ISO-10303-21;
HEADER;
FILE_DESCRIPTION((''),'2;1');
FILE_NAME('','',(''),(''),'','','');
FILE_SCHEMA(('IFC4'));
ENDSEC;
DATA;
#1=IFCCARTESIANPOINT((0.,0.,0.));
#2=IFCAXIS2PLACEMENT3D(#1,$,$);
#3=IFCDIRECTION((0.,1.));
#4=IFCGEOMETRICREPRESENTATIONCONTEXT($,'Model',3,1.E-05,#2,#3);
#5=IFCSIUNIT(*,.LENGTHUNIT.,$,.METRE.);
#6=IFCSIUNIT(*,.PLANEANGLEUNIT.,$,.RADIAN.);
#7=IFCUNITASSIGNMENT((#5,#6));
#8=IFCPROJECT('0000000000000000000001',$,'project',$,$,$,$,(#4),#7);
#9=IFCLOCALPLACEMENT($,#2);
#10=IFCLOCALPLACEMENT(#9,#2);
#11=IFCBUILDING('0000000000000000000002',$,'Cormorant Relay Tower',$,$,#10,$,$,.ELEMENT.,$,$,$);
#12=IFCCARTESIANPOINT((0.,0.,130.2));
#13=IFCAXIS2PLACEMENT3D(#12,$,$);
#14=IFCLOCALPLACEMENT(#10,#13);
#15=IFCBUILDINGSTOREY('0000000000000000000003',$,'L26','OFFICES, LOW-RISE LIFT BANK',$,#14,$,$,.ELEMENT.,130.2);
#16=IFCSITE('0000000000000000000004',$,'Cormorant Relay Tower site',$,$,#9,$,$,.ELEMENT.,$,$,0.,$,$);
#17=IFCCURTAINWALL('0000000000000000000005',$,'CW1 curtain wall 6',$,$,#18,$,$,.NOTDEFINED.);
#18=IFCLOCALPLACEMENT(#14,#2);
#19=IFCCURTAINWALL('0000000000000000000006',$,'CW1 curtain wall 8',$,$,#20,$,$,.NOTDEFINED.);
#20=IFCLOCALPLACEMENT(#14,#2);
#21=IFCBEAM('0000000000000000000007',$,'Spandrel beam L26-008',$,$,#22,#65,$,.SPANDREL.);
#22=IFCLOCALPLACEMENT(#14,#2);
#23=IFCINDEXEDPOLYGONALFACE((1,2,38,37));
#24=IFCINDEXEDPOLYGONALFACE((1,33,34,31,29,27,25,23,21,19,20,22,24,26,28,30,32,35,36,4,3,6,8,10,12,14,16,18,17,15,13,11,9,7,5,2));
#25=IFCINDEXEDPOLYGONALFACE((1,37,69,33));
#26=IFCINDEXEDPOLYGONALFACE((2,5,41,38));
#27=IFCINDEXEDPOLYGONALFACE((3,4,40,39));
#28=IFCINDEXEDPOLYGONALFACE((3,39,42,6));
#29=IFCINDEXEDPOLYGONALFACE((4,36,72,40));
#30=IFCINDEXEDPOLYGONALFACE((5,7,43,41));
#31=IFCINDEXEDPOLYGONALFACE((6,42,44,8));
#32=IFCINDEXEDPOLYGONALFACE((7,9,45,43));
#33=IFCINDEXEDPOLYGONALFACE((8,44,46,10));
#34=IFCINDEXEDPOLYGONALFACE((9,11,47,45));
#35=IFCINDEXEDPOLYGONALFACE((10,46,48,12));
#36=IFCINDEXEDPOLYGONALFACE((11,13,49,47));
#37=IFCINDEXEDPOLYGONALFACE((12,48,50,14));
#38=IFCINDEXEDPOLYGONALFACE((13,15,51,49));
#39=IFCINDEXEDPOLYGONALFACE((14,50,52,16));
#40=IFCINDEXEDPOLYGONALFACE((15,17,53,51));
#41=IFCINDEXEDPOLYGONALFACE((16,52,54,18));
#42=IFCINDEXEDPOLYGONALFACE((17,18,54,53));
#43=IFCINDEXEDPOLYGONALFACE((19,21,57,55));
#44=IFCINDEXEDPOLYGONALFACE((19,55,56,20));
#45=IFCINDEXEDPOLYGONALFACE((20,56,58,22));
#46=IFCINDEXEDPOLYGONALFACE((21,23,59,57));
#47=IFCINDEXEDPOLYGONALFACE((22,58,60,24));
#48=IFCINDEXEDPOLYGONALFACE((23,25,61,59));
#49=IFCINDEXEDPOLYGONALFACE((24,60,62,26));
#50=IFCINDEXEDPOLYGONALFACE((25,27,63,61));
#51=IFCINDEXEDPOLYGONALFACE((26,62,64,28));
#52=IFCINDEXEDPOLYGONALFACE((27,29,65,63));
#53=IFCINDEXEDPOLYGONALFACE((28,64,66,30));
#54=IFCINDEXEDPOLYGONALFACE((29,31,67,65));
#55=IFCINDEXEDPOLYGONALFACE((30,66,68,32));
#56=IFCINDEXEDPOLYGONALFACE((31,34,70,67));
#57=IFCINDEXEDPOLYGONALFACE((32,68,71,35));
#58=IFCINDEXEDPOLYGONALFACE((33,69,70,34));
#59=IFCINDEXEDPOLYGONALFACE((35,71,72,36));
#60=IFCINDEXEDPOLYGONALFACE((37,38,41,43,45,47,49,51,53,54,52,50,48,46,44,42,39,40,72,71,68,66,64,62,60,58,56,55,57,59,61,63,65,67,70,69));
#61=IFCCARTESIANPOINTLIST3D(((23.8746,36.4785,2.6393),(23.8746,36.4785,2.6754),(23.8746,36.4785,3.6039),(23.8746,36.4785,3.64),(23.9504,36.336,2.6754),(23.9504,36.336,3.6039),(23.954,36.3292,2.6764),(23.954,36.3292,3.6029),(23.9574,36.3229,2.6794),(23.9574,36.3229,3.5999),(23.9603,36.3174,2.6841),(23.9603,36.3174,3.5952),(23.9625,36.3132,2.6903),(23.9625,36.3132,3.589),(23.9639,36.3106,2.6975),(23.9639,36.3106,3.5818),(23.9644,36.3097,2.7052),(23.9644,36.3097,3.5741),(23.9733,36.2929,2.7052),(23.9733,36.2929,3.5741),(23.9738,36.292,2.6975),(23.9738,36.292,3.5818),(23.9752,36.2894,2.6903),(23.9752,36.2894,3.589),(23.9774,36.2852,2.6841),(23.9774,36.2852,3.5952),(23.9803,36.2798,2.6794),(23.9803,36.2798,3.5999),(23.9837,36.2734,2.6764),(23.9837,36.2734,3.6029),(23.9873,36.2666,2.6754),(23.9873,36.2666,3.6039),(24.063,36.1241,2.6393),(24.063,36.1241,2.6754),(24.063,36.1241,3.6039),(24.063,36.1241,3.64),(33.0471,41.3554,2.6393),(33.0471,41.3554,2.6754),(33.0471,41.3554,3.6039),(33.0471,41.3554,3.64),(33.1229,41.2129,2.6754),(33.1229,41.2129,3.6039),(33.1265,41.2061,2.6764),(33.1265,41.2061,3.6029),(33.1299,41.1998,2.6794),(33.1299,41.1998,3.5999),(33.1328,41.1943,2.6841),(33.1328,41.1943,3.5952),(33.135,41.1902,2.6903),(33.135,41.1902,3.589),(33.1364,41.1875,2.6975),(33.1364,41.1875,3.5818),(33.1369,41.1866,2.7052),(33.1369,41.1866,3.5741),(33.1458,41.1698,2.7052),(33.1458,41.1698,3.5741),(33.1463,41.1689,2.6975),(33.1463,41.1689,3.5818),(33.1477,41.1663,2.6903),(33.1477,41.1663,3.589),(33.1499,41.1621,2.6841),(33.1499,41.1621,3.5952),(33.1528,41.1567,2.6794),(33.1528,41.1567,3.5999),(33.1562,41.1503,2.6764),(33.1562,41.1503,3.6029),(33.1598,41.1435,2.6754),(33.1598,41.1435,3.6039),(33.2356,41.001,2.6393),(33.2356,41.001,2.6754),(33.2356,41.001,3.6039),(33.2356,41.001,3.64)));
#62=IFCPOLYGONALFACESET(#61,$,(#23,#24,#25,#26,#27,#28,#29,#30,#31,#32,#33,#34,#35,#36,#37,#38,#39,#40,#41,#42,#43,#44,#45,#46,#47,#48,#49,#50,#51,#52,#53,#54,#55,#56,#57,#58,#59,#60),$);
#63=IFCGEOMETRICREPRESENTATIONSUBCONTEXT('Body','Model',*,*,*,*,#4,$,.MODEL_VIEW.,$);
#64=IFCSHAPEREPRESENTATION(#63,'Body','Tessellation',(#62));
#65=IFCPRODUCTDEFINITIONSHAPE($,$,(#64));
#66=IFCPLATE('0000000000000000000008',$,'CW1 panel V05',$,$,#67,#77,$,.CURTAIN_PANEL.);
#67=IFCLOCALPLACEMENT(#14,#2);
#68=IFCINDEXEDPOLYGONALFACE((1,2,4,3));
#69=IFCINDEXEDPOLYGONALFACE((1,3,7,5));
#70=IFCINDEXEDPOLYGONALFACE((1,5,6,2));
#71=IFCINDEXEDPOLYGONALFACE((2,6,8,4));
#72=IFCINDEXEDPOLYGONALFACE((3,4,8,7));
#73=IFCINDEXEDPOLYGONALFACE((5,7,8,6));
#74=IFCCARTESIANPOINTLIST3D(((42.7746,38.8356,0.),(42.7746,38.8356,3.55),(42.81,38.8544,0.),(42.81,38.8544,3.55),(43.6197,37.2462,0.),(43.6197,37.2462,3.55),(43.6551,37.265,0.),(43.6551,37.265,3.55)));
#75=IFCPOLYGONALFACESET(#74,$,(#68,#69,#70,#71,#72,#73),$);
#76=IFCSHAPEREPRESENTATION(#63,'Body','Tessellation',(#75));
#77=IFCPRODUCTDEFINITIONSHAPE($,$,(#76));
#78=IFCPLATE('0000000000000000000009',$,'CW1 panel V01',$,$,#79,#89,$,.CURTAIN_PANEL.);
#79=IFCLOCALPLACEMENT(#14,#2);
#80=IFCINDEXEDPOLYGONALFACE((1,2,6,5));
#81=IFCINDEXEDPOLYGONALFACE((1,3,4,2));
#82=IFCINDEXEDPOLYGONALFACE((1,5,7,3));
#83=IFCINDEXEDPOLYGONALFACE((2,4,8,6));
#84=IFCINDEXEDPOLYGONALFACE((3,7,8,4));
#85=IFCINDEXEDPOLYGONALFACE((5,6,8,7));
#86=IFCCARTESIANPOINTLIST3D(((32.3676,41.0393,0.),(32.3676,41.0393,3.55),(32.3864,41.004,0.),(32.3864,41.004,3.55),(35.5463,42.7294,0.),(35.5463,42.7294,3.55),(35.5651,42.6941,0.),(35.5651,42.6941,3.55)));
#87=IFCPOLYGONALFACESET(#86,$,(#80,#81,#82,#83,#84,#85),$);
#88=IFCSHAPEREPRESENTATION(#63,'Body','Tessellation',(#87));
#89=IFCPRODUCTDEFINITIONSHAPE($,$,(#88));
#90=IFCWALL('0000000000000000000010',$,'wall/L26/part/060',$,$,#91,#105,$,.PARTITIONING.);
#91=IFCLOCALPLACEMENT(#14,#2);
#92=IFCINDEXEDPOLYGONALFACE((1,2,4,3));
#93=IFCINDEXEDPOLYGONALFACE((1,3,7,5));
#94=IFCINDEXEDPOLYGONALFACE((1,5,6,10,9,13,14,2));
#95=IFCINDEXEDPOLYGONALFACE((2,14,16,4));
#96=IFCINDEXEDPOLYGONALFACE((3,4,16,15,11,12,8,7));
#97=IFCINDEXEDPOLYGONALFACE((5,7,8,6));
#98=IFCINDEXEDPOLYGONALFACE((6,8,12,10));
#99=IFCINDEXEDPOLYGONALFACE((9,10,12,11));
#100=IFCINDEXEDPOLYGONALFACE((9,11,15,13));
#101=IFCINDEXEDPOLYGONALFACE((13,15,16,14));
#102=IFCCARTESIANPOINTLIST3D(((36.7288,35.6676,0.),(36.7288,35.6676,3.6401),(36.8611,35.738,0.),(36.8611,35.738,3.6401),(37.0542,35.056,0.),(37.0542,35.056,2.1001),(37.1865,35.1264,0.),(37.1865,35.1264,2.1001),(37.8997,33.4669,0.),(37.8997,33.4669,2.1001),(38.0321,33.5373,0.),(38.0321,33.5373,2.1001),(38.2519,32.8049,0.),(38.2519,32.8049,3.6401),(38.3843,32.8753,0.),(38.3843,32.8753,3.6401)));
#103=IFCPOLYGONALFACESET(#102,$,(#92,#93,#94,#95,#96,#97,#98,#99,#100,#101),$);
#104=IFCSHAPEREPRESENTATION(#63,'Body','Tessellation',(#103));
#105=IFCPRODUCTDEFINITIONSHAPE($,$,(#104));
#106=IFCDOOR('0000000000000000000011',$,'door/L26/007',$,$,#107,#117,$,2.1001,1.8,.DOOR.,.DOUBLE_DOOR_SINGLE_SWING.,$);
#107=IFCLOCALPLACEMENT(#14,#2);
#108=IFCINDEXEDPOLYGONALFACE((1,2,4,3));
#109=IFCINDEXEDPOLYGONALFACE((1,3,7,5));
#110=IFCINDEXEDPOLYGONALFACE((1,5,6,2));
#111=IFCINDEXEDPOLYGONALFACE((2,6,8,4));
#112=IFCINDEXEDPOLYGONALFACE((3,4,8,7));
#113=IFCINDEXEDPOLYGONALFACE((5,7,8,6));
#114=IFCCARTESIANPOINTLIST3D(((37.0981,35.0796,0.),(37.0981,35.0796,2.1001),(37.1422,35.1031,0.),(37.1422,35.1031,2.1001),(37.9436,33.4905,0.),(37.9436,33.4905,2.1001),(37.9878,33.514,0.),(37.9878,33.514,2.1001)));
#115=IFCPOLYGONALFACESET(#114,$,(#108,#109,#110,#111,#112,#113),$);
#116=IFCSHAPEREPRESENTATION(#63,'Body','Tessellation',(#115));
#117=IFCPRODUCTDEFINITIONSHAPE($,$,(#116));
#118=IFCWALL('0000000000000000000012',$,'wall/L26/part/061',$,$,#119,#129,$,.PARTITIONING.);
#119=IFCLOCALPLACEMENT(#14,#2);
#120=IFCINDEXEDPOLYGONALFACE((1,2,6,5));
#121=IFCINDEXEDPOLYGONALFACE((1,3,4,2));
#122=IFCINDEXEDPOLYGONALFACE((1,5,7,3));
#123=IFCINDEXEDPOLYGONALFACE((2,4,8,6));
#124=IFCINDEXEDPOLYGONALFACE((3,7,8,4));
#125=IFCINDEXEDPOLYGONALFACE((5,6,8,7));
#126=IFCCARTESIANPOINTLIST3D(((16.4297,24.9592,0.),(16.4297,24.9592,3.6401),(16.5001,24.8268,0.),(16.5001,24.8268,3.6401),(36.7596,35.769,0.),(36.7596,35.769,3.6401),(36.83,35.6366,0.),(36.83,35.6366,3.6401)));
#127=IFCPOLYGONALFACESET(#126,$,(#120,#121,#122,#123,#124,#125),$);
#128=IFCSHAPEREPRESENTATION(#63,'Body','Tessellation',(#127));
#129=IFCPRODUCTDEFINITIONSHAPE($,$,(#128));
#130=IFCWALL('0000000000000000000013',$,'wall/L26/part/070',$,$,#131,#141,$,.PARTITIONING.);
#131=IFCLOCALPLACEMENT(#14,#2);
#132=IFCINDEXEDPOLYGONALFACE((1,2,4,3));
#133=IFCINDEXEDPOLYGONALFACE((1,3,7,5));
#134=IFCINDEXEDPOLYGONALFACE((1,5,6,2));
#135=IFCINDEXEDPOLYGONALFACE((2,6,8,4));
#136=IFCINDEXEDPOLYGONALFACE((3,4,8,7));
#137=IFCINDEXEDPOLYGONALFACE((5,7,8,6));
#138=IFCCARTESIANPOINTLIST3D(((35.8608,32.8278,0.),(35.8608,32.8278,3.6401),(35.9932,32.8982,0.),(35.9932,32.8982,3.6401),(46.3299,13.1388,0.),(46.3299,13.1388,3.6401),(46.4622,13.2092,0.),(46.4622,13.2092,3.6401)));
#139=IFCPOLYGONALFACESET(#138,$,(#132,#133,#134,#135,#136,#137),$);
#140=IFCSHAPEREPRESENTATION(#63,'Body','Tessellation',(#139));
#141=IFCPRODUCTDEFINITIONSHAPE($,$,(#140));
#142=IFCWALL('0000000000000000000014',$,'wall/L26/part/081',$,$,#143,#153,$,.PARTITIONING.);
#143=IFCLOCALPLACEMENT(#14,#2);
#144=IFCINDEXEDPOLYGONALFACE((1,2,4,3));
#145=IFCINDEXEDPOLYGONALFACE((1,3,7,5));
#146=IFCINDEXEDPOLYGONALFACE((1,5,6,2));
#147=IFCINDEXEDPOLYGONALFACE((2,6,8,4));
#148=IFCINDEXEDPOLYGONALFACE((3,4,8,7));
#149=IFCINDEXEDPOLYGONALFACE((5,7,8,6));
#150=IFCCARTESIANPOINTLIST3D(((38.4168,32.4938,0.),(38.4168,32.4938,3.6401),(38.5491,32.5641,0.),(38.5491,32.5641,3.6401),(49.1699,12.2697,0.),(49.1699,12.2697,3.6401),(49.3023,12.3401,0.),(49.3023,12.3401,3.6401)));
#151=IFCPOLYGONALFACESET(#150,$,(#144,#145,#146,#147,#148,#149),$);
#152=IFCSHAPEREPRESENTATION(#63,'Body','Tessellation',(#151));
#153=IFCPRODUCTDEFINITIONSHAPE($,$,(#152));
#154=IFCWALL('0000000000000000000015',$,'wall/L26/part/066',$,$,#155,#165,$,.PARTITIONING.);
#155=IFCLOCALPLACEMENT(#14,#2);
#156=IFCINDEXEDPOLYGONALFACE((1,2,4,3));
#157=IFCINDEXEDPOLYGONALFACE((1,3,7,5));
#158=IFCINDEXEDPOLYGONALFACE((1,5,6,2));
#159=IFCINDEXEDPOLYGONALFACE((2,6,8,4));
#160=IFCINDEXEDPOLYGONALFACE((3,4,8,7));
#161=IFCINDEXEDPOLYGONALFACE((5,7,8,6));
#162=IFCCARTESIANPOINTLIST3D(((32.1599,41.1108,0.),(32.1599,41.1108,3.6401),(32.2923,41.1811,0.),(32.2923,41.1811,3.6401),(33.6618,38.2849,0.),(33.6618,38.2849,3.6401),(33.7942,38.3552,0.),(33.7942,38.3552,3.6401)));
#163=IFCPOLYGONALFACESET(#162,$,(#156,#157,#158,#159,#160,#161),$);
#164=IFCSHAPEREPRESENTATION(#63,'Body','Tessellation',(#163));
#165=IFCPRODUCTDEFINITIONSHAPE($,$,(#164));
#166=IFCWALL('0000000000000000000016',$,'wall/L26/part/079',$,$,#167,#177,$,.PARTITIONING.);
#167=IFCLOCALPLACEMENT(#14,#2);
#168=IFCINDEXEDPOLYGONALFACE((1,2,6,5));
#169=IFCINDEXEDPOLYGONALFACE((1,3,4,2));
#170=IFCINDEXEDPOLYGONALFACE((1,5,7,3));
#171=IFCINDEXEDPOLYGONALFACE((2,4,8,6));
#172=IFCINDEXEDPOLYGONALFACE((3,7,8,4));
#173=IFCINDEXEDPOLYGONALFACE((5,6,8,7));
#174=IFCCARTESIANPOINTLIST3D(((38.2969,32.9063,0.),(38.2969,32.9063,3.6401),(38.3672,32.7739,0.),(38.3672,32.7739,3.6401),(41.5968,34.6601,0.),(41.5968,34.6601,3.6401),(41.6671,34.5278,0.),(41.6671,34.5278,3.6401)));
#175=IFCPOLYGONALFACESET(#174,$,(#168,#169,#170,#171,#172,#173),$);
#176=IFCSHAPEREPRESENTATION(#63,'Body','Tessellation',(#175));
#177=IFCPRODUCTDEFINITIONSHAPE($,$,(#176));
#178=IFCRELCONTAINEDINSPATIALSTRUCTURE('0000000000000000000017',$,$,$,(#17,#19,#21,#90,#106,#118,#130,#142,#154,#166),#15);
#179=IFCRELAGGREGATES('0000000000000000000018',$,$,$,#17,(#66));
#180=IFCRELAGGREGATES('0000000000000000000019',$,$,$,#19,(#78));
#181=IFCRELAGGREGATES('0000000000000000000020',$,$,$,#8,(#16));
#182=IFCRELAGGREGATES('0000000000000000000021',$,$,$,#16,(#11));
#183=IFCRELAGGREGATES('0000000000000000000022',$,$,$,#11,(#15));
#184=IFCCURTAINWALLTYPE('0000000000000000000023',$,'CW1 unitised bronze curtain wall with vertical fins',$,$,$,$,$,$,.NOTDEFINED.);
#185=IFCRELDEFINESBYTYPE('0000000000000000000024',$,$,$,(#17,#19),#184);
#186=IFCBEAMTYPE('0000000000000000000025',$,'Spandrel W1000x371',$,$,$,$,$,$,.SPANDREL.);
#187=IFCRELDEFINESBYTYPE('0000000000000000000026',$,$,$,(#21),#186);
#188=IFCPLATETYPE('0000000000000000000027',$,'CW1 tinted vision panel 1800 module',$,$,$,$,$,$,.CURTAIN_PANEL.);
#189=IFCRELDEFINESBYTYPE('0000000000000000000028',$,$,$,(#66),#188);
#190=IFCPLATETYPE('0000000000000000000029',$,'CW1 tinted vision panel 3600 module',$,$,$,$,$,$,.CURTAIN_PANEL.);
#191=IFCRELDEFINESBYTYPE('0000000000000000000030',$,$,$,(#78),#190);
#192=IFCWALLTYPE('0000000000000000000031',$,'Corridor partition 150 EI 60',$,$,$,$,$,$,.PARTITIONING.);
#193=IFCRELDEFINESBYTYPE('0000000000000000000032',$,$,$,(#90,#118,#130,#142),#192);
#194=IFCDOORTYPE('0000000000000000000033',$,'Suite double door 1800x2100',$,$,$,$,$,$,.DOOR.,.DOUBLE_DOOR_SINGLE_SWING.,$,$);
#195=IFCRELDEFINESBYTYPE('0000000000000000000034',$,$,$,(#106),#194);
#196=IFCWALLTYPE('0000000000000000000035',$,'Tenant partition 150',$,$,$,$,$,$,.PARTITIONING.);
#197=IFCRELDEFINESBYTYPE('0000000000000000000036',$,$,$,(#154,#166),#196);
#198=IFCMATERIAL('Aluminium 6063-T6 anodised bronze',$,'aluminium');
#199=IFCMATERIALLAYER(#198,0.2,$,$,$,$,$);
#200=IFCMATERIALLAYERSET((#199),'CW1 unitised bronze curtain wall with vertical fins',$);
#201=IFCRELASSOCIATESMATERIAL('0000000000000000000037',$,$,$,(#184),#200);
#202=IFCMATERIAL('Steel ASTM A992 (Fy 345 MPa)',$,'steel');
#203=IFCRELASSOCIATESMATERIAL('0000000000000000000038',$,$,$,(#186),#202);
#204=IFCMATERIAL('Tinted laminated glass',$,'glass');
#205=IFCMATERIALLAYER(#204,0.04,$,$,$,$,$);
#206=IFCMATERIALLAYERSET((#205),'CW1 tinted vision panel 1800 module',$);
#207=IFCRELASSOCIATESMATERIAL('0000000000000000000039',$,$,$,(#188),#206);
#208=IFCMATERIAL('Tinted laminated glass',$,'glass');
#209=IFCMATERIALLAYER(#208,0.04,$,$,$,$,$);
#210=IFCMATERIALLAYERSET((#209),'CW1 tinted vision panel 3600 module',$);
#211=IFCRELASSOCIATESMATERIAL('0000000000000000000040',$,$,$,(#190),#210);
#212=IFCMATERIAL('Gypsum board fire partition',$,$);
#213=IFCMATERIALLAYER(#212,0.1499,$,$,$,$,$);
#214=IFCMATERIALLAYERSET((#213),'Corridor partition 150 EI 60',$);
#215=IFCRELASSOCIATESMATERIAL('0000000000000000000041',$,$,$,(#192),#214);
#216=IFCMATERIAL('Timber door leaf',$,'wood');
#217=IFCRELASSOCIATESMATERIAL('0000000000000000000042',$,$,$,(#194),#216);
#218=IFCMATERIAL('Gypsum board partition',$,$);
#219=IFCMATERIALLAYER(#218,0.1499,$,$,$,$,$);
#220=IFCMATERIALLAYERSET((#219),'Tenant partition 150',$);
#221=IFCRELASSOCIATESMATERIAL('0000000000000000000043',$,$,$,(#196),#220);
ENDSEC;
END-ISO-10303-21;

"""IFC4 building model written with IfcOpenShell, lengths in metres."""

from ifc_helpers import new_model, si_unit, direction, frame, frame_2d, origin, origin_2d, place, context, subcontext, project, spatial, rectangle, i_section, extrude, material, layer, layer_set, material_profile, profile_set, type_object, element, fill, aggregate, save


model = new_model("IFC4")

# Units and contexts
model_context = context("Model", 3, precision=1e-05, world=origin(), true_north=direction((0.0, 1.0)))
body_context = subcontext(model_context, "Body", "Model", "MODEL_VIEW")
ifc_project = project(units=[si_unit("LENGTHUNIT", "METRE"), si_unit("PLANEANGLEUNIT", "RADIAN")], contexts=[model_context])

# Site, building, storey
site_placement = place(None, origin())
site = spatial("IfcSite", under=ifc_project, at=site_placement, Name="Cormorant Relay Tower site", CompositionType="ELEMENT", RefElevation=0.0)
building_placement = place(site_placement, origin())
building = spatial("IfcBuilding", under=site, at=building_placement, Name="Cormorant Relay Tower", CompositionType="ELEMENT")
storey_placement = place(building_placement, frame((0.0, 0.0, 130.2)))
storey = spatial("IfcBuildingStorey", under=building, at=storey_placement, Name="L26", Description="OFFICES, LOW-RISE LIFT BANK", CompositionType="ELEMENT", Elevation=130.2)

# Curtain wall
ifc_material_1 = material(Name="Aluminium 6063-T6 anodised bronze", Category="aluminium")
ifc_layer_1 = layer(ifc_material_1, 0.2)
ifc_layer_set_1 = layer_set([ifc_layer_1], Name="CW1 unitised bronze curtain wall with vertical fins")
curtain_wall_type = type_object("IfcCurtainWallType", Name="CW1 unitised bronze curtain wall with vertical fins", PredefinedType="NOTDEFINED", material=ifc_layer_set_1)
curtain_wall_1_placement = place(storey_placement, origin())
curtain_wall_1 = element("IfcCurtainWall", 1, at=curtain_wall_1_placement, inside=storey, type_object=curtain_wall_type, Name="CW1 curtain wall 6", PredefinedType="NOTDEFINED")

# Curtain wall
curtain_wall_2_placement = place(storey_placement, origin())
curtain_wall_2 = element("IfcCurtainWall", 2, at=curtain_wall_2_placement, inside=storey, type_object=curtain_wall_type, Name="CW1 curtain wall 8", PredefinedType="NOTDEFINED")

# Beam
ifc_material_2 = material(Name="Steel ASTM A992 (Fy 345 MPa)", Category="steel")
ifc_material_profile_1 = material_profile(ifc_material_2, i_section(OverallWidth=0.4014, OverallDepth=1.0007, WebThickness=0.019, FlangeThickness=0.0361, FilletRadius=0.0298, at=origin_2d()), Name="W1000x371")
ifc_profile_set_1 = profile_set([ifc_material_profile_1], Name="Steel ASTM A992 (Fy 345 MPa)")
beam_type = type_object("IfcBeamType", Name="Spandrel W1000x371", PredefinedType="SPANDREL", material=ifc_profile_set_1)
beam_1_placement = place(storey_placement, frame((33.1414, 41.1782, 3.1396), z_axis=(-0.882956, -0.469456, 0.0), x_axis=(0.469456, -0.882956, 0.0)))
element("IfcBeam", 3, at=beam_1_placement, inside=storey, type_object=beam_type, Name="Spandrel beam L26-008", PredefinedType="SPANDREL", context=body_context, shape_type="SweptSolid", body=[
    extrude(i_section(OverallWidth=0.4014, OverallDepth=1.0007, WebThickness=0.019, FlangeThickness=0.0361, FilletRadius=0.0298, at=origin_2d()), origin(), (0.0, 0.0, 1.0), 10.3884),
])

# Plates
ifc_material_3 = material(Name="Tinted laminated glass", Category="glass")
ifc_layer_2 = layer(ifc_material_3, 0.04)
ifc_layer_set_2 = layer_set([ifc_layer_2], Name="CW1 tinted vision panel 1800 module")
plate_type_1 = type_object("IfcPlateType", Name="CW1 tinted vision panel 1800 module", PredefinedType="CURTAIN_PANEL", material=ifc_layer_set_2)
plate_1_placement = place(storey_placement, frame((43.2148, 38.0503, 0.0), z_axis=(0.0, 0.0, 1.0), x_axis=(-0.469472, 0.882948, 0.0)))
plate_1 = element("IfcPlate", 4, at=plate_1_placement, type_object=plate_type_1, Name="CW1 panel V05", PredefinedType="CURTAIN_PANEL", context=body_context, shape_type="SweptSolid", body=[
    extrude(rectangle(XDim=1.8, YDim=0.04, at=origin_2d()), origin(), (0.0, 0.0, 1.0), 3.55),
])
ifc_material_4 = material(Name="Tinted laminated glass", Category="glass")
ifc_layer_3 = layer(ifc_material_4, 0.04)
ifc_layer_set_3 = layer_set([ifc_layer_3], Name="CW1 tinted vision panel 3600 module")
plate_type_2 = type_object("IfcPlateType", Name="CW1 tinted vision panel 3600 module", PredefinedType="CURTAIN_PANEL", material=ifc_layer_set_3)
plate_2_placement = place(storey_placement, frame((33.9663, 41.8667, 0.0), z_axis=(0.0, 0.0, 1.0), x_axis=(-0.882948, -0.469472, 0.0)))
plate_2 = element("IfcPlate", 5, at=plate_2_placement, type_object=plate_type_2, Name="CW1 panel V01", PredefinedType="CURTAIN_PANEL", context=body_context, shape_type="SweptSolid", body=[
    extrude(rectangle(XDim=3.6001, YDim=0.04, at=origin_2d()), origin(), (0.0, 0.0, 1.0), 3.55),
])

# Wall, opening, door
ifc_material_5 = material(Name="Gypsum board fire partition")
ifc_layer_4 = layer(ifc_material_5, 0.1499)
ifc_layer_set_4 = layer_set([ifc_layer_4], Name="Corridor partition 150 EI 60")
wall_type_1 = type_object("IfcWallType", Name="Corridor partition 150 EI 60", PredefinedType="PARTITIONING", material=ifc_layer_set_4)
wall_1_placement = place(storey_placement, frame((38.3181, 32.8401, 0.0), z_axis=(0.0, 0.0, 1.0), x_axis=(-0.469717, 0.882817, 0.0)))
wall_1 = element("IfcWall", 6, at=wall_1_placement, inside=storey, type_object=wall_type_1, Name="wall/L26/part/060", PredefinedType="PARTITIONING", context=body_context, shape_type="SweptSolid", body=[
    extrude(rectangle(XDim=3.2427, YDim=0.1499, at=frame_2d((1.6213, 0.0))), origin(), (0.0, 0.0, 1.0), 3.6401),
])
opening_placement = place(wall_1_placement, frame((0.75, 0.0, 0.0)))
opening = element("IfcOpeningElement", 7, at=opening_placement, cuts=wall_1, PredefinedType="OPENING", context=body_context, shape_type="SweptSolid", body=[
    extrude(rectangle(XDim=1.8, YDim=2.1001, at=frame_2d((0.8999, 1.05))), frame((0.0, 0.085, 0.0), z_axis=(0.0, -1.0, 0.0), x_axis=(1.0, 0.0, 0.0)), (0.0, 0.0, 1.0), 0.1699),
])
ifc_material_6 = material(Name="Timber door leaf", Category="wood")
door_type = type_object("IfcDoorType", Name="Suite double door 1800x2100", OperationType="DOUBLE_DOOR_SINGLE_SWING", PredefinedType="DOOR", material=ifc_material_6)
door_placement = place(opening_placement, frame((1.8, 0.0, 0.0), z_axis=(0.0, 0.0, 1.0), x_axis=(-1.0, 0.0, 0.0)))
door = element("IfcDoor", 8, at=door_placement, inside=storey, type_object=door_type, Name="door/L26/007", OperationType="DOUBLE_DOOR_SINGLE_SWING", OverallHeight=2.1001, OverallWidth=1.8, PredefinedType="DOOR", context=body_context, shape_type="SweptSolid", body=[
    extrude(rectangle(XDim=1.8, YDim=2.1001, at=frame_2d((0.8999, 1.05))), frame((0.0, 0.0249, 0.0), z_axis=(0.0, -1.0, 0.0), x_axis=(1.0, 0.0, 0.0)), (0.0, 0.0, 1.0), 0.05),
])
fill(opening, door)

# Walls
wall_2_placement = place(storey_placement, frame((36.7949, 35.7029, 0.0), z_axis=(0.0, 0.0, 1.0), x_axis=(-0.882943, -0.46948, 0.0)))
element("IfcWall", 9, at=wall_2_placement, inside=storey, type_object=wall_type_1, Name="wall/L26/part/061", PredefinedType="PARTITIONING", context=body_context, shape_type="SweptSolid", body=[
    extrude(rectangle(XDim=23.0251, YDim=0.1499, at=frame_2d((11.5127, 0.0))), origin(), (0.0, 0.0, 1.0), 3.6401),
])
wall_3_placement = place(storey_placement, frame((35.927, 32.863, 0.0), z_axis=(0.0, 0.0, 1.0), x_axis=(0.469478, -0.882944, 0.0)))
element("IfcWall", 10, at=wall_3_placement, inside=storey, type_object=wall_type_1, Name="wall/L26/part/070", PredefinedType="PARTITIONING", context=body_context, shape_type="SweptSolid", body=[
    extrude(rectangle(XDim=22.2993, YDim=0.1499, at=frame_2d((11.1497, 0.0))), origin(), (0.0, 0.0, 1.0), 3.6401),
])
wall_4_placement = place(storey_placement, frame((38.4829, 32.5291, 0.0), z_axis=(0.0, 0.0, 1.0), x_axis=(0.469465, -0.882951, 0.0)))
element("IfcWall", 11, at=wall_4_placement, inside=storey, type_object=wall_type_1, Name="wall/L26/part/081", PredefinedType="PARTITIONING", context=body_context, shape_type="SweptSolid", body=[
    extrude(rectangle(XDim=22.905, YDim=0.1499, at=frame_2d((11.4526, 0.0))), origin(), (0.0, 0.0, 1.0), 3.6401),
])
ifc_material_7 = material(Name="Gypsum board partition")
ifc_layer_5 = layer(ifc_material_7, 0.1499)
ifc_layer_set_5 = layer_set([ifc_layer_5], Name="Tenant partition 150")
wall_type_2 = type_object("IfcWallType", Name="Tenant partition 150", PredefinedType="PARTITIONING", material=ifc_layer_set_5)
wall_5_placement = place(storey_placement, frame((33.728, 38.3201, 0.0), z_axis=(0.0, 0.0, 1.0), x_axis=(-0.469321, 0.883028, 0.0)))
element("IfcWall", 12, at=wall_5_placement, inside=storey, type_object=wall_type_2, Name="wall/L26/part/066", PredefinedType="PARTITIONING", context=body_context, shape_type="SweptSolid", body=[
    extrude(rectangle(XDim=3.2002, YDim=0.1499, at=frame_2d((1.6001, 0.0))), origin(), (0.0, 0.0, 1.0), 3.6401),
])
wall_6_placement = place(storey_placement, frame((41.6321, 34.594, 0.0), z_axis=(0.0, 0.0, 1.0), x_axis=(-0.883032, -0.469313, 0.0)))
element("IfcWall", 13, at=wall_6_placement, inside=storey, type_object=wall_type_2, Name="wall/L26/part/079", PredefinedType="PARTITIONING", context=body_context, shape_type="SweptSolid", body=[
    extrude(rectangle(XDim=3.7371, YDim=0.1499, at=frame_2d((1.8687, 0.0))), origin(), (0.0, 0.0, 1.0), 3.6401),
])

aggregate(curtain_wall_1, [plate_1])
aggregate(curtain_wall_2, [plate_2])

save(model, "model.ifc")
